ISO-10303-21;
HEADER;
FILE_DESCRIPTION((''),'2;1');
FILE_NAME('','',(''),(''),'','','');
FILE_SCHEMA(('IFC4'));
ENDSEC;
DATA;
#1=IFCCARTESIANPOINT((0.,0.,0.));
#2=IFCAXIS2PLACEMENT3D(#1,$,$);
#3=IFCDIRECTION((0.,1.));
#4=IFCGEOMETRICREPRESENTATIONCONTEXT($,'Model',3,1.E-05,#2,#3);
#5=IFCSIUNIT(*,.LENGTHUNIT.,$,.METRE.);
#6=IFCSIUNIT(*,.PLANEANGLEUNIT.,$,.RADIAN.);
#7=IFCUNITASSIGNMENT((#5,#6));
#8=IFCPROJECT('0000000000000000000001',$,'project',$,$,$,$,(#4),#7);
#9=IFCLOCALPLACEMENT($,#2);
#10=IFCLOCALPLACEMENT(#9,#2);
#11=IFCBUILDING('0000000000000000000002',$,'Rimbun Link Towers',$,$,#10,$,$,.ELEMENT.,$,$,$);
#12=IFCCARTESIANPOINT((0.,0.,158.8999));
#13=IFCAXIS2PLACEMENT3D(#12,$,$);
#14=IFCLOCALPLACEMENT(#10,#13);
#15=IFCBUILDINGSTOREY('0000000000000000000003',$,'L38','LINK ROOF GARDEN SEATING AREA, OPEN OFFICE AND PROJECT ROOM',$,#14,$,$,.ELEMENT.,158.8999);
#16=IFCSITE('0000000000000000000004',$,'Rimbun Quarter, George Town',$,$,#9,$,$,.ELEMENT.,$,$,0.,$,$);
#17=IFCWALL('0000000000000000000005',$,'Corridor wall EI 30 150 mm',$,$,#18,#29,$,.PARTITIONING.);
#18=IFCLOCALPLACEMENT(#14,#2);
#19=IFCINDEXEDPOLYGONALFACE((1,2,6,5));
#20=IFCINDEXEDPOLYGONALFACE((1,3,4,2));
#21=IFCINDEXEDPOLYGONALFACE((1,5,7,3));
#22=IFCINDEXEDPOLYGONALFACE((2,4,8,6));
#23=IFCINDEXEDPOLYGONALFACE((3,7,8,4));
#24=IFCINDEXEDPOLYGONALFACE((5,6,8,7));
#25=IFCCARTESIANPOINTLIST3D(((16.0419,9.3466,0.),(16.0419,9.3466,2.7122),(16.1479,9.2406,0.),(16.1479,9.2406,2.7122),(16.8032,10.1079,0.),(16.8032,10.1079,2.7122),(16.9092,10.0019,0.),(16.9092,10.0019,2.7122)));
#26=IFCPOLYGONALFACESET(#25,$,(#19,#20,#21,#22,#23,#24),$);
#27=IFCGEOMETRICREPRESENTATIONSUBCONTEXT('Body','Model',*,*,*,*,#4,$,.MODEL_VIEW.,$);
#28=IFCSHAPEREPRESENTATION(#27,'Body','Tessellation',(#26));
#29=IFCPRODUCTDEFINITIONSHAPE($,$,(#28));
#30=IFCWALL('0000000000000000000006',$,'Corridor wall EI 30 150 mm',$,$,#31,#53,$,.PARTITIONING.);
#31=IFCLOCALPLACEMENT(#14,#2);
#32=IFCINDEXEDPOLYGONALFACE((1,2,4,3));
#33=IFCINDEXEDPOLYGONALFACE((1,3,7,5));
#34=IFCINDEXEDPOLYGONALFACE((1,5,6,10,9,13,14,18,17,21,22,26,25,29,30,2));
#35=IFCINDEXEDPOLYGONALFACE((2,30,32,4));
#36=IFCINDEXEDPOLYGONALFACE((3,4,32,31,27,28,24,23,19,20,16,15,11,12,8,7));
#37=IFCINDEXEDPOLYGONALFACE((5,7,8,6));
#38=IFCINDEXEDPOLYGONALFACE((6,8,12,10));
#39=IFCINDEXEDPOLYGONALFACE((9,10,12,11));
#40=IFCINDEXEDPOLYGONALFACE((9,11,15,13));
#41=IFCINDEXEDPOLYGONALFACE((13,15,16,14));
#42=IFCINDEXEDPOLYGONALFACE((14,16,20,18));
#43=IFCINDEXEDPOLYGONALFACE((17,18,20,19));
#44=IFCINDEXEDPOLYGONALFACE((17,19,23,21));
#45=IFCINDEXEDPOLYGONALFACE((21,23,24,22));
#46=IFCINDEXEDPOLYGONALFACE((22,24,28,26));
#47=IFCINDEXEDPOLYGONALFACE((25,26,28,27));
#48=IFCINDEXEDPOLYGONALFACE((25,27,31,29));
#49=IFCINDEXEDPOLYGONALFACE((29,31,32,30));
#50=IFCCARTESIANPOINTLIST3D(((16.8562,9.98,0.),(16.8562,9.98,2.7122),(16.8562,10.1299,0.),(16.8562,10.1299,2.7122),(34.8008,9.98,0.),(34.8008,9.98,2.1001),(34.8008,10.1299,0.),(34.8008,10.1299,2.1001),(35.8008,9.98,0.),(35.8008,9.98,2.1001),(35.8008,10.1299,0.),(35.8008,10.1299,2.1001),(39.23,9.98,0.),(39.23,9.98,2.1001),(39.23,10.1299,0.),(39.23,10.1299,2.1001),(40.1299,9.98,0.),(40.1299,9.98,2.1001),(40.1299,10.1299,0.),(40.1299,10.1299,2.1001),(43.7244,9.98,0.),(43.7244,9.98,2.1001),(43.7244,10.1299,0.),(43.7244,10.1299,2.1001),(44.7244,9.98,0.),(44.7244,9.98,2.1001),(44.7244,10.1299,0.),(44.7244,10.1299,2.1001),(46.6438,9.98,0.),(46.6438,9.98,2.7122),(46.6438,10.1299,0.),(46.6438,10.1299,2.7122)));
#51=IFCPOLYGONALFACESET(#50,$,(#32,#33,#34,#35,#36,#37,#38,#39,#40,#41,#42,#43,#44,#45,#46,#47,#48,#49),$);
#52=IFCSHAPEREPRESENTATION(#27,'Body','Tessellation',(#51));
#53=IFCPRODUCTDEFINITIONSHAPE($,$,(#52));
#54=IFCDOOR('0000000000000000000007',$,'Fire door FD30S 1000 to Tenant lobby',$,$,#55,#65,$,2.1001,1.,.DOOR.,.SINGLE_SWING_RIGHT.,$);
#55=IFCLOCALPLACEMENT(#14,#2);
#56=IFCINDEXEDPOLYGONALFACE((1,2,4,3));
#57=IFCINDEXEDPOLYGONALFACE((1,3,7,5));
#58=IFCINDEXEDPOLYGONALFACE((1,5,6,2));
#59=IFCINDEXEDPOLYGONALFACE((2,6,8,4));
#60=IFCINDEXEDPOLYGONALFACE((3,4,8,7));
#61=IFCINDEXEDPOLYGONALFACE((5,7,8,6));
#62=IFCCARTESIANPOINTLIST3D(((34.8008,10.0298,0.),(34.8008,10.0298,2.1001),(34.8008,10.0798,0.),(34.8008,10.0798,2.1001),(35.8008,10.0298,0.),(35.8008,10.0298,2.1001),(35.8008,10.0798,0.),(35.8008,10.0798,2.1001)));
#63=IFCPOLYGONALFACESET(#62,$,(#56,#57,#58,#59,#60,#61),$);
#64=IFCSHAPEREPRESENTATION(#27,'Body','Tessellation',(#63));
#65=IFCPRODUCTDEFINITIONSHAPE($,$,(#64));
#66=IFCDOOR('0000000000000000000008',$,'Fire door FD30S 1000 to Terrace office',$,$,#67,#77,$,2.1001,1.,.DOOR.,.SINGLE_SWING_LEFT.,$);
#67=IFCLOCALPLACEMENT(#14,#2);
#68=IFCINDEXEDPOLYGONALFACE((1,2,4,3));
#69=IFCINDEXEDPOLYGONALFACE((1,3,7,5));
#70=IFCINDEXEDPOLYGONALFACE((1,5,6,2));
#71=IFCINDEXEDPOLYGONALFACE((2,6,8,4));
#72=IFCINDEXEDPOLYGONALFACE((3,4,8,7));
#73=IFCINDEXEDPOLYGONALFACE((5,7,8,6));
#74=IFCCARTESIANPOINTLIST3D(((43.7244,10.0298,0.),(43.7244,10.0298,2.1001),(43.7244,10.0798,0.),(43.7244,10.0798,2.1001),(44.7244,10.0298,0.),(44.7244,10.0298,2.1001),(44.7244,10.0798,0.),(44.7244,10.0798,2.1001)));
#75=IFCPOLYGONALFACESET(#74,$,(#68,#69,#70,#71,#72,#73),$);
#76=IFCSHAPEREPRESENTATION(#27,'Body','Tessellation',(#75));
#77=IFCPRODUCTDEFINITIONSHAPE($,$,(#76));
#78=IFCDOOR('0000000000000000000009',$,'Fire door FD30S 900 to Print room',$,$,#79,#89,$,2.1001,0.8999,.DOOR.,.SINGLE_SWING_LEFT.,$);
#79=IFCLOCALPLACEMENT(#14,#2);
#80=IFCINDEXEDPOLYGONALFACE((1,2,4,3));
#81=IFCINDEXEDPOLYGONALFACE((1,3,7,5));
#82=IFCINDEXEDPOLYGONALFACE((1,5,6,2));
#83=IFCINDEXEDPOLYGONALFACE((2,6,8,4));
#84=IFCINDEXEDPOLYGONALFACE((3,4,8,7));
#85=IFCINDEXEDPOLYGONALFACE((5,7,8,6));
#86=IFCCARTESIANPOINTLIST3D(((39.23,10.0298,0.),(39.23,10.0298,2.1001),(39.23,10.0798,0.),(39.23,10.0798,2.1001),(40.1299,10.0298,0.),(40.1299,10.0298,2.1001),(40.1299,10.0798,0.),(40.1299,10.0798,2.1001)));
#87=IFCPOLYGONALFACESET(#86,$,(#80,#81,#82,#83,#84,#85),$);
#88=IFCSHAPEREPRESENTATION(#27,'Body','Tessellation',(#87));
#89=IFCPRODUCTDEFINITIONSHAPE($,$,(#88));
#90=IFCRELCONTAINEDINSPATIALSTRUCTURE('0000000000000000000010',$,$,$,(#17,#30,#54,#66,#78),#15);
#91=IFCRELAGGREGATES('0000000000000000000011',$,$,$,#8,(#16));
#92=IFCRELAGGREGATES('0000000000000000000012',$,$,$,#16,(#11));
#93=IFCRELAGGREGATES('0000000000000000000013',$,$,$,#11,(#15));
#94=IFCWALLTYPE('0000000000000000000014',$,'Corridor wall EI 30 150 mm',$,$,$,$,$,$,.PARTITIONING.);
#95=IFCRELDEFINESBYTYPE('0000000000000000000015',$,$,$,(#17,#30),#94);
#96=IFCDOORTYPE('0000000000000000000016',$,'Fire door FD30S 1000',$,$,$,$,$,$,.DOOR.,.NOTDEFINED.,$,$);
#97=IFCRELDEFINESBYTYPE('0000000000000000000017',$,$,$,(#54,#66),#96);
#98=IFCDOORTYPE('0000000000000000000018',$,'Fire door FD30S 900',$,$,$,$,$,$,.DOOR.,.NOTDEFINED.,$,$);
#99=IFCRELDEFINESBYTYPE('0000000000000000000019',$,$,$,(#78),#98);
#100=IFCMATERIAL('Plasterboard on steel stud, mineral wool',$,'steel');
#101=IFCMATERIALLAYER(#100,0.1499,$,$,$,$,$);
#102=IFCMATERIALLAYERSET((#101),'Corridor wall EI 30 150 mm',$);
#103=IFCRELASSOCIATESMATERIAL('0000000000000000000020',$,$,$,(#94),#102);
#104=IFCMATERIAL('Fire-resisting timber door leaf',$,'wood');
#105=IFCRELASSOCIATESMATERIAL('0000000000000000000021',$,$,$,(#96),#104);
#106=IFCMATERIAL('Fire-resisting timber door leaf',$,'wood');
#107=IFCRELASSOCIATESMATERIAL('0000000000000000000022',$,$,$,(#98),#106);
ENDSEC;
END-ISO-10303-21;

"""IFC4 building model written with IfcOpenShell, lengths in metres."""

from ifc_helpers import new_model, si_unit, direction, frame, frame_2d, origin, place, context, subcontext, project, spatial, rectangle, extrude, material, layer, layer_set, type_object, element, fill, save


model = new_model("IFC4")

# Units and contexts
model_context = context("Model", 3, precision=1e-05, world=origin(), true_north=direction((0.0, 1.0)))
body_context = subcontext(model_context, "Body", "Model", "MODEL_VIEW")
ifc_project = project(units=[si_unit("LENGTHUNIT", "METRE"), si_unit("PLANEANGLEUNIT", "RADIAN")], contexts=[model_context])

# Site, building, storey
site_placement = place(None, origin())
site = spatial("IfcSite", under=ifc_project, at=site_placement, Name="Rimbun Quarter, George Town", CompositionType="ELEMENT", RefElevation=0.0)
building_placement = place(site_placement, origin())
building = spatial("IfcBuilding", under=site, at=building_placement, Name="Rimbun Link Towers", CompositionType="ELEMENT")
storey_placement = place(building_placement, frame((0.0, 0.0, 158.8999)))
storey = spatial("IfcBuildingStorey", under=building, at=storey_placement, Name="L38", Description="LINK ROOF GARDEN SEATING AREA, OPEN OFFICE AND PROJECT ROOM", CompositionType="ELEMENT", Elevation=158.8999)

# Wall
ifc_material_1 = material(Name="Plasterboard on steel stud, mineral wool", Category="steel")
ifc_layer_1 = layer(ifc_material_1, 0.1499)
ifc_layer_set_1 = layer_set([ifc_layer_1], Name="Corridor wall EI 30 150 mm")
wall_type = type_object("IfcWallType", Name="Corridor wall EI 30 150 mm", PredefinedType="PARTITIONING", material=ifc_layer_set_1)
wall_1_placement = place(storey_placement, frame((16.8562, 10.0549, 0.0), z_axis=(0.0, 0.0, 1.0), x_axis=(-0.707107, -0.707107, 0.0)))
element("IfcWall", 1, at=wall_1_placement, inside=storey, type_object=wall_type, Name="Corridor wall EI 30 150 mm", PredefinedType="PARTITIONING", context=body_context, shape_type="SweptSolid", body=[
    extrude(rectangle(XDim=1.0767, YDim=0.1499, at=frame_2d((0.5383, 0.0))), origin(), (0.0, 0.0, 1.0), 2.7122),
])

# Wall, openings, doors
wall_2_placement = place(storey_placement, frame((16.8562, 10.0549, 0.0), z_axis=(0.0, 0.0, 1.0), x_axis=(1.0, 0.0, 0.0)))
wall_2 = element("IfcWall", 2, at=wall_2_placement, inside=storey, type_object=wall_type, Name="Corridor wall EI 30 150 mm", PredefinedType="PARTITIONING", context=body_context, shape_type="SweptSolid", body=[
    extrude(rectangle(XDim=29.7876, YDim=0.1499, at=frame_2d((14.8938, 0.0))), origin(), (0.0, 0.0, 1.0), 2.7122),
])
opening_1_placement = place(wall_2_placement, frame((22.3738, 0.0, 0.0)))
opening_1 = element("IfcOpeningElement", 3, at=opening_1_placement, cuts=wall_2, PredefinedType="OPENING", context=body_context, shape_type="SweptSolid", body=[
    extrude(rectangle(XDim=0.8999, YDim=2.1001, at=frame_2d((0.45, 1.05))), frame((0.0, 0.085, 0.0), z_axis=(0.0, -1.0, 0.0), x_axis=(1.0, 0.0, 0.0)), (0.0, 0.0, 1.0), 0.1699),
])
opening_2_placement = place(wall_2_placement, frame((17.9446, 0.0, 0.0)))
opening_2 = element("IfcOpeningElement", 4, at=opening_2_placement, cuts=wall_2, PredefinedType="OPENING", context=body_context, shape_type="SweptSolid", body=[
    extrude(rectangle(XDim=1.0, YDim=2.1001, at=frame_2d((0.5, 1.05))), frame((0.0, 0.085, 0.0), z_axis=(0.0, -1.0, 0.0), x_axis=(1.0, 0.0, 0.0)), (0.0, 0.0, 1.0), 0.1699),
])
opening_3_placement = place(wall_2_placement, frame((26.8682, 0.0, 0.0)))
opening_3 = element("IfcOpeningElement", 5, at=opening_3_placement, cuts=wall_2, PredefinedType="OPENING", context=body_context, shape_type="SweptSolid", body=[
    extrude(rectangle(XDim=1.0, YDim=2.1001, at=frame_2d((0.5, 1.05))), frame((0.0, 0.085, 0.0), z_axis=(0.0, -1.0, 0.0), x_axis=(1.0, 0.0, 0.0)), (0.0, 0.0, 1.0), 0.1699),
])
ifc_material_2 = material(Name="Fire-resisting timber door leaf", Category="wood")
door_type_1 = type_object("IfcDoorType", Name="Fire door FD30S 1000", OperationType="NOTDEFINED", PredefinedType="DOOR", material=ifc_material_2)
door_1_placement = place(opening_2_placement, origin())
door_1 = element("IfcDoor", 6, at=door_1_placement, inside=storey, type_object=door_type_1, Name="Fire door FD30S 1000 to Tenant lobby", OperationType="SINGLE_SWING_RIGHT", OverallHeight=2.1001, OverallWidth=1.0, PredefinedType="DOOR", context=body_context, shape_type="SweptSolid", body=[
    extrude(rectangle(XDim=1.0, YDim=2.1001, at=frame_2d((0.5, 1.05))), frame((0.0, 0.0249, 0.0), z_axis=(0.0, -1.0, 0.0), x_axis=(1.0, 0.0, 0.0)), (0.0, 0.0, 1.0), 0.05),
])
fill(opening_2, door_1)
door_2_placement = place(opening_3_placement, origin())
door_2 = element("IfcDoor", 7, at=door_2_placement, inside=storey, type_object=door_type_1, Name="Fire door FD30S 1000 to Terrace office", OperationType="SINGLE_SWING_LEFT", OverallHeight=2.1001, OverallWidth=1.0, PredefinedType="DOOR", context=body_context, shape_type="SweptSolid", body=[
    extrude(rectangle(XDim=1.0, YDim=2.1001, at=frame_2d((0.5, 1.05))), frame((0.0, 0.0249, 0.0), z_axis=(0.0, -1.0, 0.0), x_axis=(1.0, 0.0, 0.0)), (0.0, 0.0, 1.0), 0.05),
])
fill(opening_3, door_2)
ifc_material_3 = material(Name="Fire-resisting timber door leaf", Category="wood")
door_type_2 = type_object("IfcDoorType", Name="Fire door FD30S 900", OperationType="NOTDEFINED", PredefinedType="DOOR", material=ifc_material_3)
door_3_placement = place(opening_1_placement, origin())
door_3 = element("IfcDoor", 8, at=door_3_placement, inside=storey, type_object=door_type_2, Name="Fire door FD30S 900 to Print room", OperationType="SINGLE_SWING_LEFT", OverallHeight=2.1001, OverallWidth=0.8999, PredefinedType="DOOR", context=body_context, shape_type="SweptSolid", body=[
    extrude(rectangle(XDim=0.8999, YDim=2.1001, at=frame_2d((0.45, 1.05))), frame((0.0, 0.0249, 0.0), z_axis=(0.0, -1.0, 0.0), x_axis=(1.0, 0.0, 0.0)), (0.0, 0.0, 1.0), 0.05),
])
fill(opening_1, door_3)

save(model, "model.ifc")
